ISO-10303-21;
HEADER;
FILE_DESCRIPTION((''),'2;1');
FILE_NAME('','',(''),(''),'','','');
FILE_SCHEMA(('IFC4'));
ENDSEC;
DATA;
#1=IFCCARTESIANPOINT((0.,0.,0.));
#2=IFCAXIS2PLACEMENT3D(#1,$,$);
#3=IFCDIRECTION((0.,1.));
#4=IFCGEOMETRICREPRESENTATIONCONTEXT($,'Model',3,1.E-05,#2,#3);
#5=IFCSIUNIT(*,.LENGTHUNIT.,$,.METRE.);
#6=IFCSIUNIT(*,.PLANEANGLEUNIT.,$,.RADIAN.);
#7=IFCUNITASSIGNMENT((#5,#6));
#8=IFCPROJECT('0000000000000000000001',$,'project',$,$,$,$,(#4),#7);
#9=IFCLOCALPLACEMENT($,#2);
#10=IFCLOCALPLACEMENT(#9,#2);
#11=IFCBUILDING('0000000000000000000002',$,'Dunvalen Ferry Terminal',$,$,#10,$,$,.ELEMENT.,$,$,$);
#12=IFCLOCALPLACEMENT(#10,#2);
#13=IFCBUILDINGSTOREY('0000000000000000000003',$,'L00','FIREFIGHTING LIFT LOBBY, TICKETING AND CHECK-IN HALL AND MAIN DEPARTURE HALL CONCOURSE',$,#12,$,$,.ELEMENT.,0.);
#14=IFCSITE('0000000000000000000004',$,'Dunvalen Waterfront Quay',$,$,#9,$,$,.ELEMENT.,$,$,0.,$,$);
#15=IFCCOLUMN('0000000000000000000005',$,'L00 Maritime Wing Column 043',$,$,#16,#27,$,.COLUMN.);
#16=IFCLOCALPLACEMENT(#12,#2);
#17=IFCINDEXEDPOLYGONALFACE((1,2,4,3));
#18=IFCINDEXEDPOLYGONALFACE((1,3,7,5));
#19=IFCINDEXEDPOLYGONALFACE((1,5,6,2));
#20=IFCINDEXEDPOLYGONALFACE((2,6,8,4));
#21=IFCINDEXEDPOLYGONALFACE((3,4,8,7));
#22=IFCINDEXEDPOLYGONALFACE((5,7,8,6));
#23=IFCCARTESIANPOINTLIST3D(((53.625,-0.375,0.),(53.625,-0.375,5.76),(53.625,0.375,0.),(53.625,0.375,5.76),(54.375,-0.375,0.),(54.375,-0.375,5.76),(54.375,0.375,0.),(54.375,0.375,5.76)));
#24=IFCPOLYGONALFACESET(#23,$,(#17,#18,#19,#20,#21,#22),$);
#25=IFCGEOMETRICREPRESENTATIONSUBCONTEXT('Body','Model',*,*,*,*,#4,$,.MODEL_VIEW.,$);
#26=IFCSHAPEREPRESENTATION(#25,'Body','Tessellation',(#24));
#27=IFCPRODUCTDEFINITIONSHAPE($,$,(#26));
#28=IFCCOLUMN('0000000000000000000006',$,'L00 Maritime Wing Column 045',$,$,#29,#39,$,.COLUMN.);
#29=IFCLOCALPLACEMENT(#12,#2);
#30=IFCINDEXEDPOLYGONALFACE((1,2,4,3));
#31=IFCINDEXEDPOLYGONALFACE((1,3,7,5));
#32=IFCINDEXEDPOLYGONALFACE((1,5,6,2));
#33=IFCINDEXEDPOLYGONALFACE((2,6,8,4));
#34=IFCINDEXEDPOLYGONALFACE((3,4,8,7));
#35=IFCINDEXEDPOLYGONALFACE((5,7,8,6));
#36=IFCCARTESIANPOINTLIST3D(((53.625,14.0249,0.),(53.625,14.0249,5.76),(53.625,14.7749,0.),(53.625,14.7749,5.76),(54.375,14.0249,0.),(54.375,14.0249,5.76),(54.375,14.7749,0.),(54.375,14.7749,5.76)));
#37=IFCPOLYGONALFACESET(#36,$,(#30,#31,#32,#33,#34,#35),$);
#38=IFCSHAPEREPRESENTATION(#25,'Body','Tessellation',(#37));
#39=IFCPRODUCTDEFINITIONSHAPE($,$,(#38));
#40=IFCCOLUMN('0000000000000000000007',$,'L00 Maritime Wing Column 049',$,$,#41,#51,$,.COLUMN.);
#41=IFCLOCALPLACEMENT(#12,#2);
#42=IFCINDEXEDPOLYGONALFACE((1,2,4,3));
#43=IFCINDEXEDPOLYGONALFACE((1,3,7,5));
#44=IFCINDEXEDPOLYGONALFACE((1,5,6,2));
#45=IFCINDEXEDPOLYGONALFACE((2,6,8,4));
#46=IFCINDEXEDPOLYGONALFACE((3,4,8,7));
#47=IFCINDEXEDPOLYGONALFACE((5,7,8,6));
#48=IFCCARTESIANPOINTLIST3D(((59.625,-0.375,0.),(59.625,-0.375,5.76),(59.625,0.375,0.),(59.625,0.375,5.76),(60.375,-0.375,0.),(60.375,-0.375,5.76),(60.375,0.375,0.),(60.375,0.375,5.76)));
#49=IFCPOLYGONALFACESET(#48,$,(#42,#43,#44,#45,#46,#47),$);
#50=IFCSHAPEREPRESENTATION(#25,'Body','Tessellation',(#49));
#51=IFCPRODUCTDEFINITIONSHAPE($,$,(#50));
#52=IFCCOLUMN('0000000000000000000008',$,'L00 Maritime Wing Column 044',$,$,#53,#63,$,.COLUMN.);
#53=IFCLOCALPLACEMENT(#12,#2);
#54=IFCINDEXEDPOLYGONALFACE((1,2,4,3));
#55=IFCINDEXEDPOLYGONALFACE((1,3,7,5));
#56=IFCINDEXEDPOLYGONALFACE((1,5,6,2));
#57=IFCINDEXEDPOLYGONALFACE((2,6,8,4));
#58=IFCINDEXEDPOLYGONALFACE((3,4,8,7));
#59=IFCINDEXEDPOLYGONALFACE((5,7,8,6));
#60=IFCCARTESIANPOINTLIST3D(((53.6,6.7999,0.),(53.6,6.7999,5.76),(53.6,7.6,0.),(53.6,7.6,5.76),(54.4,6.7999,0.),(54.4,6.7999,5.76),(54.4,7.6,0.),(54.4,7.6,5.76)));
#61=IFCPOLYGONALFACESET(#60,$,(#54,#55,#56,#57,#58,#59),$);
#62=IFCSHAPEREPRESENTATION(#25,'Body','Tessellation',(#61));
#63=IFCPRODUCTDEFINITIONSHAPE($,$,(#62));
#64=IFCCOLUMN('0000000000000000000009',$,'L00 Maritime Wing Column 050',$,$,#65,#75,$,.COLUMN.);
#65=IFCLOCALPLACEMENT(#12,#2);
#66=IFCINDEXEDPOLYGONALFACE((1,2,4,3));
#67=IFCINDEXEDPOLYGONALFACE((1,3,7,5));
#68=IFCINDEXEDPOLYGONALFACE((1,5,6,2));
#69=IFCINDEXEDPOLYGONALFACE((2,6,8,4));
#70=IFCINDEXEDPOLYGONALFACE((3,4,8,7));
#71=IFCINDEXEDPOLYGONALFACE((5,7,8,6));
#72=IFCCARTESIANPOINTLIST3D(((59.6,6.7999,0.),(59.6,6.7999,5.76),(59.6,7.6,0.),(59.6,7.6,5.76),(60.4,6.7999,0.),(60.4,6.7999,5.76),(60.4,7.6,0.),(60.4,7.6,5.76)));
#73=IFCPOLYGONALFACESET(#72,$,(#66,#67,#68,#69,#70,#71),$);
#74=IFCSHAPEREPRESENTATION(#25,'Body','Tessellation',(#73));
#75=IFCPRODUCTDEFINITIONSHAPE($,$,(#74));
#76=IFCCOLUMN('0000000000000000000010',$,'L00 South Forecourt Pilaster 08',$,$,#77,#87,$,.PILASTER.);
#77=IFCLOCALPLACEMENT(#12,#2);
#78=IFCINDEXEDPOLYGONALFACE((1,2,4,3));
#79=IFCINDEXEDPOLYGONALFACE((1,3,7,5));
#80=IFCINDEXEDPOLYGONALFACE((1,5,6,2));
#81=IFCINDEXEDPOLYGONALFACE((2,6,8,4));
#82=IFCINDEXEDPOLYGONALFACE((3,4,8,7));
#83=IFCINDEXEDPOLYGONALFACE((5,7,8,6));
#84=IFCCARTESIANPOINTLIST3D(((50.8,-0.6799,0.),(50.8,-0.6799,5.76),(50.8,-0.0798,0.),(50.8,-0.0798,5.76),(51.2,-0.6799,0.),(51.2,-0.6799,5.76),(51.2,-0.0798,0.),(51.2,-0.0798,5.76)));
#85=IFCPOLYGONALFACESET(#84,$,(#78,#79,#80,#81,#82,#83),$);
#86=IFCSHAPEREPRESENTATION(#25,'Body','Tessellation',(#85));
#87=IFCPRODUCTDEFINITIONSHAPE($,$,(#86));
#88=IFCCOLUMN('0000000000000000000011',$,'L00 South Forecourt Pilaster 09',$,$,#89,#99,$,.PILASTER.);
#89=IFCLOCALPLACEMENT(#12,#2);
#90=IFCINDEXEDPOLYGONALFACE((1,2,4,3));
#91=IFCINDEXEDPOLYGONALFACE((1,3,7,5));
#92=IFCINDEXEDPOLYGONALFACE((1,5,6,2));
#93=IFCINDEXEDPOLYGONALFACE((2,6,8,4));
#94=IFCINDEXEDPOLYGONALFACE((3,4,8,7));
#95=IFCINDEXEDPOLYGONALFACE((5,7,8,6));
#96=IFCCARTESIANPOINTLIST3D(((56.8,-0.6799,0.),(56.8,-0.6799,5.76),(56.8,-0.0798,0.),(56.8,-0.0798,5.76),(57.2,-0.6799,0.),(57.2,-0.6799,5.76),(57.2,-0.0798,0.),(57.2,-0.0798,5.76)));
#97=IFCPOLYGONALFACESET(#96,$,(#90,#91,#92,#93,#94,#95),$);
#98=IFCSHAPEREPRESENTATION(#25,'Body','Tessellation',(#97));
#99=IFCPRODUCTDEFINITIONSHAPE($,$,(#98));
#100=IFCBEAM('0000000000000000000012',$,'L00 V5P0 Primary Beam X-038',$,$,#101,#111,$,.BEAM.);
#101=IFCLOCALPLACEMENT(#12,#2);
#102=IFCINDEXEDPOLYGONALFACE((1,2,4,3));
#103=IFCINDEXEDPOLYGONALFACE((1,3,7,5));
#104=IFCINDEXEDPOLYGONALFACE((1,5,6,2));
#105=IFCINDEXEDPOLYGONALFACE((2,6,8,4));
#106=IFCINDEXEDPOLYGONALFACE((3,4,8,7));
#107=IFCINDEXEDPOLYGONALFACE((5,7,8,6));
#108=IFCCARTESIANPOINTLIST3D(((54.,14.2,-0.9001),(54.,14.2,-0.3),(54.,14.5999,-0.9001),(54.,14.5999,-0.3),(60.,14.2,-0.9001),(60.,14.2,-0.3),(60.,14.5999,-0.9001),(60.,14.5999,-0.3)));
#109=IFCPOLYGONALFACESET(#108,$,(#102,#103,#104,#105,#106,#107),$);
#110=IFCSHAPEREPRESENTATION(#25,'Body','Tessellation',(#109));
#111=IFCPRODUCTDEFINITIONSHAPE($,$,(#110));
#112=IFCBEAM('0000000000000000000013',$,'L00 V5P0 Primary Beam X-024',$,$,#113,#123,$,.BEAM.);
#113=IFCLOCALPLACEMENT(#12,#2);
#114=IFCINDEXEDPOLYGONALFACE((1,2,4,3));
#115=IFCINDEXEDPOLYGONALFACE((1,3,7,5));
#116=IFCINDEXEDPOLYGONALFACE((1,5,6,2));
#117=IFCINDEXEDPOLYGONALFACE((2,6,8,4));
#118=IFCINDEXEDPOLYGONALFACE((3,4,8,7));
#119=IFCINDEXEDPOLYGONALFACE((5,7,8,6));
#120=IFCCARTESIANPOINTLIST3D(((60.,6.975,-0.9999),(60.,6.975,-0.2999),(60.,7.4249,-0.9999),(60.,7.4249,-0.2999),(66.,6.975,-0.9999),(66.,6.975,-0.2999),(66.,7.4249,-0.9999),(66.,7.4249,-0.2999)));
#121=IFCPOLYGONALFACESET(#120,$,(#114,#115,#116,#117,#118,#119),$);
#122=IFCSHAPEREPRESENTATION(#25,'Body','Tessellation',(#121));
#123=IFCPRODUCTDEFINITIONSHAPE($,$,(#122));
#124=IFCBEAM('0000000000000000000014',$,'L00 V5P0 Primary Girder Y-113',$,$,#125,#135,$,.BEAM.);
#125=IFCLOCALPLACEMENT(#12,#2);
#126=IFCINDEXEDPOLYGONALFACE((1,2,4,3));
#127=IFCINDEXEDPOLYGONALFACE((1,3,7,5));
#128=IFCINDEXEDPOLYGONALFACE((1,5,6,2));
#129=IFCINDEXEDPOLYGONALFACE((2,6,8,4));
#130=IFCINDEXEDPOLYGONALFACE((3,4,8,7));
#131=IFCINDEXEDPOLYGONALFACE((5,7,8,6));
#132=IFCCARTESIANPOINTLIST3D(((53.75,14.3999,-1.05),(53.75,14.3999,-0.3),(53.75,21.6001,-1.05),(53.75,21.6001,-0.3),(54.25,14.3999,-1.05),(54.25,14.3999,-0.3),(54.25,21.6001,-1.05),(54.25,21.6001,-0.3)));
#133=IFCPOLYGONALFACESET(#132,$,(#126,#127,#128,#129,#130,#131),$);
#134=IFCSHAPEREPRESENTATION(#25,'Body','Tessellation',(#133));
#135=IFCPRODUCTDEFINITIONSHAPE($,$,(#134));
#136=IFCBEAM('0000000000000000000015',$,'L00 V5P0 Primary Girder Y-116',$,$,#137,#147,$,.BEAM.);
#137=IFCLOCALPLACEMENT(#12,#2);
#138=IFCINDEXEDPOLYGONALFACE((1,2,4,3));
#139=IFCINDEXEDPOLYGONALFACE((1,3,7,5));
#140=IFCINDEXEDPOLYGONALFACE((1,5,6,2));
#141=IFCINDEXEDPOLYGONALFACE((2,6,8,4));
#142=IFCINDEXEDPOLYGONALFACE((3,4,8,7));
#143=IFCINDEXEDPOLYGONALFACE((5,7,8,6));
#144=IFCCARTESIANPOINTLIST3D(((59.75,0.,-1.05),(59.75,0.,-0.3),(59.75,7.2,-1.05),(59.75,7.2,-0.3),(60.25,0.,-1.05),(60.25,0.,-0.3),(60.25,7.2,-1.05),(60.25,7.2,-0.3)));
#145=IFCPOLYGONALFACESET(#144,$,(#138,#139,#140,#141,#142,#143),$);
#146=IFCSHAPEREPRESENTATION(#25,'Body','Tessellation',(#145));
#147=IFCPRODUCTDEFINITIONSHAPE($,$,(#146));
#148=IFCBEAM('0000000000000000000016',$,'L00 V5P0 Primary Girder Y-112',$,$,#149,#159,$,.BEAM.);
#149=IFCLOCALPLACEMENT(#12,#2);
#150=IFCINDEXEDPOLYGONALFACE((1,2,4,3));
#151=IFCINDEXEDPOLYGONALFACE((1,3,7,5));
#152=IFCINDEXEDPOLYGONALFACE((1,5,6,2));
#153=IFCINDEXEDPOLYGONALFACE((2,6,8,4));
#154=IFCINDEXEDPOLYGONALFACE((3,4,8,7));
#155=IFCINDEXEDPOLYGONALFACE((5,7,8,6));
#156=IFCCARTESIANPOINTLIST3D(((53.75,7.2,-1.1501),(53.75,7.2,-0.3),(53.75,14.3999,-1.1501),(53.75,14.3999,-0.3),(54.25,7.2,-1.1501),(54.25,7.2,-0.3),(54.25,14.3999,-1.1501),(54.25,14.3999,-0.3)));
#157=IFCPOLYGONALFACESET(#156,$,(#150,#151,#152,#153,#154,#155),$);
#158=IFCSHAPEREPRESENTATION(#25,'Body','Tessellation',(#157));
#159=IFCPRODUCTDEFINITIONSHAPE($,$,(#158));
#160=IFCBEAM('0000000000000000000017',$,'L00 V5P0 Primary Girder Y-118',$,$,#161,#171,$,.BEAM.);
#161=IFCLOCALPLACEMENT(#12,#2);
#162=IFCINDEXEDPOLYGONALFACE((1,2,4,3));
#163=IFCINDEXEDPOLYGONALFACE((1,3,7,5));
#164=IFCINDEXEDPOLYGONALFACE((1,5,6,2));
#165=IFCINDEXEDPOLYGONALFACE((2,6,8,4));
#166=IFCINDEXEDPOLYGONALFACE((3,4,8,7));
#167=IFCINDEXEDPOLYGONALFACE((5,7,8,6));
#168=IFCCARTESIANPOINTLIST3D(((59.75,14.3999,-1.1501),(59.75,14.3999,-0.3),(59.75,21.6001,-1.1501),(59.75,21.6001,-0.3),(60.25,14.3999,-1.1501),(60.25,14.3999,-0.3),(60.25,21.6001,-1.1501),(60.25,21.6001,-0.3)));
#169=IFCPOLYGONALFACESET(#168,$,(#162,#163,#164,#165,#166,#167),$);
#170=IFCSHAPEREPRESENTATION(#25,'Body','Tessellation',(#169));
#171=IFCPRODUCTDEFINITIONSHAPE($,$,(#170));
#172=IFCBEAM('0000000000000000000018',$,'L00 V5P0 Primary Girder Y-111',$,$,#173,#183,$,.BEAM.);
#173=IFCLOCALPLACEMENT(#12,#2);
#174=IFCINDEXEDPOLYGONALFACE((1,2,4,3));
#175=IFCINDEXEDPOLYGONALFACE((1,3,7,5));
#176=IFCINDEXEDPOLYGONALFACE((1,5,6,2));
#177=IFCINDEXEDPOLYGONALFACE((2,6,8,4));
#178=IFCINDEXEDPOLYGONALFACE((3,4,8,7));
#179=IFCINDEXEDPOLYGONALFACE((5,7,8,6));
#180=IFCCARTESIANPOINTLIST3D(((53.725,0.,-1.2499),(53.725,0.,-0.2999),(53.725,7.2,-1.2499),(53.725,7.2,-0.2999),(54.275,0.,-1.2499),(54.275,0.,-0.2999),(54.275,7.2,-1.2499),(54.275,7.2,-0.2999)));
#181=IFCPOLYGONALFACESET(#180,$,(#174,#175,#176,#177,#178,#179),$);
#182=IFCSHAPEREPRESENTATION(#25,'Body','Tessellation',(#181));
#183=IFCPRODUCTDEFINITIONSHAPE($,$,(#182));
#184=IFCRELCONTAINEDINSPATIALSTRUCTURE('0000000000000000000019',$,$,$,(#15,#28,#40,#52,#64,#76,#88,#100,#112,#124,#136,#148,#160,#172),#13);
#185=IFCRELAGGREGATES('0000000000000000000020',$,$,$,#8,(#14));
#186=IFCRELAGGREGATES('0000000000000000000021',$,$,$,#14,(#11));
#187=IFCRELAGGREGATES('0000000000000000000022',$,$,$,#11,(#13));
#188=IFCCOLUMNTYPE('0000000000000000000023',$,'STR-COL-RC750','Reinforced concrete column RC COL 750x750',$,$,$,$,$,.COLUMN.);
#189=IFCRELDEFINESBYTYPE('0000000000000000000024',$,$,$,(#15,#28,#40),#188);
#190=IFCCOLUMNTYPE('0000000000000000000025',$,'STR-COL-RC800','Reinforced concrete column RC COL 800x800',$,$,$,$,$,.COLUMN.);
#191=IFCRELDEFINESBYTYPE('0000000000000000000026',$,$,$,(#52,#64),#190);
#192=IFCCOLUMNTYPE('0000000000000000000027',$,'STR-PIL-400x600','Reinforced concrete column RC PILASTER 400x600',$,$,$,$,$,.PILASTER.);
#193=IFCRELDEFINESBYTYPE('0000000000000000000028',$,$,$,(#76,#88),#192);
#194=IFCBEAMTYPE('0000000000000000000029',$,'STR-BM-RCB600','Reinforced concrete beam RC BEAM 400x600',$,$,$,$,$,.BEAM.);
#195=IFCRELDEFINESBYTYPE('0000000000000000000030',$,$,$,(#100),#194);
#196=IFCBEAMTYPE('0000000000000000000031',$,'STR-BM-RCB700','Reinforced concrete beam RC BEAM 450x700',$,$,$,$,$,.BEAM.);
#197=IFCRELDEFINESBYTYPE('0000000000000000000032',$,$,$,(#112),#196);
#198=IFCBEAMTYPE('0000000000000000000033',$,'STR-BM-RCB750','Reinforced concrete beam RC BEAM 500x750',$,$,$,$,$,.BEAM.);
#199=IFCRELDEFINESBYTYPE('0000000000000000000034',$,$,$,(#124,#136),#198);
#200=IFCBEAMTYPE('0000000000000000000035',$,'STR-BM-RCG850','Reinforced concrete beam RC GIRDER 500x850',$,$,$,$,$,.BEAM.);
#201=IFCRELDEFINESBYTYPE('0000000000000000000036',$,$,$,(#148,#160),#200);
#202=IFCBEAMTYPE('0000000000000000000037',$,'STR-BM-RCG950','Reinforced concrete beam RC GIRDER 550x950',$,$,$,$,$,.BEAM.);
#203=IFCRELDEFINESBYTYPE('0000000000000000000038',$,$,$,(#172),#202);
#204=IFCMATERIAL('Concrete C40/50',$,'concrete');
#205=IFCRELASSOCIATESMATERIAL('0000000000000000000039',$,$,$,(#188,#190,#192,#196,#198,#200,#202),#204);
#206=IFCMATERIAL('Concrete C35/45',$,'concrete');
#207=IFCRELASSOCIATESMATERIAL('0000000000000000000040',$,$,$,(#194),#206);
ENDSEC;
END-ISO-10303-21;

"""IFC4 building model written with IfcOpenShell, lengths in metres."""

from ifc_helpers import new_model, si_unit, direction, frame, origin, origin_2d, place, context, subcontext, project, spatial, rectangle, extrude, material, material_profile, profile_set, type_object, element, save


model = new_model("IFC4")

# Units and contexts
model_context = context("Model", 3, precision=1e-05, world=origin(), true_north=direction((0.0, 1.0)))
body_context = subcontext(model_context, "Body", "Model", "MODEL_VIEW")
ifc_project = project(units=[si_unit("LENGTHUNIT", "METRE"), si_unit("PLANEANGLEUNIT", "RADIAN")], contexts=[model_context])

# Site, building, storey
site_placement = place(None, origin())
site = spatial("IfcSite", under=ifc_project, at=site_placement, Name="Dunvalen Waterfront Quay", CompositionType="ELEMENT", RefElevation=0.0)
building_placement = place(site_placement, origin())
building = spatial("IfcBuilding", under=site, at=building_placement, Name="Dunvalen Ferry Terminal", CompositionType="ELEMENT")
storey_placement = place(building_placement, origin())
storey = spatial("IfcBuildingStorey", under=building, at=storey_placement, Name="L00", Description="FIREFIGHTING LIFT LOBBY, TICKETING AND CHECK-IN HALL AND MAIN DEPARTURE HALL CONCOURSE", CompositionType="ELEMENT", Elevation=0.0)

# Columns
ifc_material_1 = material(Name="Concrete C40/50", Category="concrete")
ifc_material_profile_1 = material_profile(ifc_material_1, rectangle(XDim=0.75, YDim=0.75, at=origin_2d()), Name="Concrete C40/50")
ifc_profile_set_1 = profile_set([ifc_material_profile_1], Name="Concrete C40/50")
column_type_1 = type_object("IfcColumnType", Name="STR-COL-RC750", Description="Reinforced concrete column RC COL 750x750", PredefinedType="COLUMN", material=ifc_profile_set_1)
for number, where, z_axis, x_axis, name in (
    (1, (54.0, 0.0, 0.0), (0.0, 0.0, 1.0), (1.0, 0.0, 0.0), "L00 Maritime Wing Column 043"),
    (2, (54.0, 14.3999, 0.0), (0.0, 0.0, 1.0), (1.0, 0.0, 0.0), "L00 Maritime Wing Column 045"),
    (3, (60.0, 0.0, 0.0), (0.0, 0.0, 1.0), (1.0, 0.0, 0.0), "L00 Maritime Wing Column 049"),
):
    element("IfcColumn", number, at=place(storey_placement, frame(where, z_axis=z_axis, x_axis=x_axis)), inside=storey, type_object=column_type_1, Name=name, PredefinedType="COLUMN", context=body_context, shape_type="SweptSolid", body=[
        extrude(rectangle(XDim=0.75, YDim=0.75, at=origin_2d()), origin(), (0.0, 0.0, 1.0), 5.76),
    ])
ifc_material_profile_2 = material_profile(ifc_material_1, rectangle(XDim=0.8, YDim=0.8, at=origin_2d()), Name="Concrete C40/50")
ifc_profile_set_2 = profile_set([ifc_material_profile_2], Name="Concrete C40/50")
column_type_2 = type_object("IfcColumnType", Name="STR-COL-RC800", Description="Reinforced concrete column RC COL 800x800", PredefinedType="COLUMN", material=ifc_profile_set_2)
for number, where, z_axis, x_axis, name in (
    (4, (54.0, 7.2, 0.0), (0.0, 0.0, 1.0), (1.0, 0.0, 0.0), "L00 Maritime Wing Column 044"),
    (5, (60.0, 7.2, 0.0), (0.0, 0.0, 1.0), (1.0, 0.0, 0.0), "L00 Maritime Wing Column 050"),
):
    element("IfcColumn", number, at=place(storey_placement, frame(where, z_axis=z_axis, x_axis=x_axis)), inside=storey, type_object=column_type_2, Name=name, PredefinedType="COLUMN", context=body_context, shape_type="SweptSolid", body=[
        extrude(rectangle(XDim=0.8, YDim=0.8, at=origin_2d()), origin(), (0.0, 0.0, 1.0), 5.76),
    ])
ifc_material_profile_3 = material_profile(ifc_material_1, rectangle(XDim=0.3999, YDim=0.6001, at=origin_2d()), Name="Concrete C40/50")
ifc_profile_set_3 = profile_set([ifc_material_profile_3], Name="Concrete C40/50")
column_type_3 = type_object("IfcColumnType", Name="STR-PIL-400x600", Description="Reinforced concrete column RC PILASTER 400x600", PredefinedType="PILASTER", material=ifc_profile_set_3)
for number, where, z_axis, x_axis, name in (
    (6, (51.0, -0.3799, 0.0), (0.0, 0.0, 1.0), (1.0, 0.0, 0.0), "L00 South Forecourt Pilaster 08"),
    (7, (57.0, -0.3799, 0.0), (0.0, 0.0, 1.0), (1.0, 0.0, 0.0), "L00 South Forecourt Pilaster 09"),
):
    element("IfcColumn", number, at=place(storey_placement, frame(where, z_axis=z_axis, x_axis=x_axis)), inside=storey, type_object=column_type_3, Name=name, PredefinedType="PILASTER", context=body_context, shape_type="SweptSolid", body=[
        extrude(rectangle(XDim=0.3999, YDim=0.6001, at=origin_2d()), origin(), (0.0, 0.0, 1.0), 5.76),
    ])

# Beams
ifc_material_2 = material(Name="Concrete C35/45", Category="concrete")
ifc_material_profile_4 = material_profile(ifc_material_2, rectangle(XDim=0.3999, YDim=0.6001, at=origin_2d()), Name="Concrete C35/45")
ifc_profile_set_4 = profile_set([ifc_material_profile_4], Name="Concrete C35/45")
beam_type_1 = type_object("IfcBeamType", Name="STR-BM-RCB600", Description="Reinforced concrete beam RC BEAM 400x600", PredefinedType="BEAM", material=ifc_profile_set_4)
beam_1_placement = place(storey_placement, frame((54.0, 14.3999, -0.6001), z_axis=(1.0, 0.0, 0.0), x_axis=(0.0, 1.0, 0.0)))
element("IfcBeam", 8, at=beam_1_placement, inside=storey, type_object=beam_type_1, Name="L00 V5P0 Primary Beam X-038", PredefinedType="BEAM", context=body_context, shape_type="SweptSolid", body=[
    extrude(rectangle(XDim=0.3999, YDim=0.6001, at=origin_2d()), origin(), (0.0, 0.0, 1.0), 6.0),
])
ifc_material_profile_5 = material_profile(ifc_material_1, rectangle(XDim=0.45, YDim=0.7, at=origin_2d()), Name="Concrete C40/50")
ifc_profile_set_5 = profile_set([ifc_material_profile_5], Name="Concrete C40/50")
beam_type_2 = type_object("IfcBeamType", Name="STR-BM-RCB700", Description="Reinforced concrete beam RC BEAM 450x700", PredefinedType="BEAM", material=ifc_profile_set_5)
beam_2_placement = place(storey_placement, frame((60.0, 7.2, -0.6499), z_axis=(1.0, 0.0, 0.0), x_axis=(0.0, 1.0, 0.0)))
element("IfcBeam", 9, at=beam_2_placement, inside=storey, type_object=beam_type_2, Name="L00 V5P0 Primary Beam X-024", PredefinedType="BEAM", context=body_context, shape_type="SweptSolid", body=[
    extrude(rectangle(XDim=0.45, YDim=0.7, at=origin_2d()), origin(), (0.0, 0.0, 1.0), 6.0),
])
ifc_material_profile_6 = material_profile(ifc_material_1, rectangle(XDim=0.5, YDim=0.75, at=origin_2d()), Name="Concrete C40/50")
ifc_profile_set_6 = profile_set([ifc_material_profile_6], Name="Concrete C40/50")
beam_type_3 = type_object("IfcBeamType", Name="STR-BM-RCB750", Description="Reinforced concrete beam RC BEAM 500x750", PredefinedType="BEAM", material=ifc_profile_set_6)
beam_3_placement = place(storey_placement, frame((54.0, 14.3999, -0.675), z_axis=(0.0, 1.0, 0.0), x_axis=(-1.0, 0.0, 0.0)))
element("IfcBeam", 10, at=beam_3_placement, inside=storey, type_object=beam_type_3, Name="L00 V5P0 Primary Girder Y-113", PredefinedType="BEAM", context=body_context, shape_type="SweptSolid", body=[
    extrude(rectangle(XDim=0.5, YDim=0.75, at=origin_2d()), origin(), (0.0, 0.0, 1.0), 7.2002),
])
beam_4_placement = place(storey_placement, frame((60.0, 0.0, -0.675), z_axis=(0.0, 1.0, 0.0), x_axis=(-1.0, 0.0, 0.0)))
element("IfcBeam", 11, at=beam_4_placement, inside=storey, type_object=beam_type_3, Name="L00 V5P0 Primary Girder Y-116", PredefinedType="BEAM", context=body_context, shape_type="SweptSolid", body=[
    extrude(rectangle(XDim=0.5, YDim=0.75, at=origin_2d()), origin(), (0.0, 0.0, 1.0), 7.2),
])
ifc_material_profile_7 = material_profile(ifc_material_1, rectangle(XDim=0.5, YDim=0.8501, at=origin_2d()), Name="Concrete C40/50")
ifc_profile_set_7 = profile_set([ifc_material_profile_7], Name="Concrete C40/50")
beam_type_4 = type_object("IfcBeamType", Name="STR-BM-RCG850", Description="Reinforced concrete beam RC GIRDER 500x850", PredefinedType="BEAM", material=ifc_profile_set_7)
beam_5_placement = place(storey_placement, frame((54.0, 7.2, -0.7251), z_axis=(0.0, 1.0, 0.0), x_axis=(-1.0, 0.0, 0.0)))
element("IfcBeam", 12, at=beam_5_placement, inside=storey, type_object=beam_type_4, Name="L00 V5P0 Primary Girder Y-112", PredefinedType="BEAM", context=body_context, shape_type="SweptSolid", body=[
    extrude(rectangle(XDim=0.5, YDim=0.8501, at=origin_2d()), origin(), (0.0, 0.0, 1.0), 7.2),
])
beam_6_placement = place(storey_placement, frame((60.0, 14.3999, -0.7251), z_axis=(0.0, 1.0, 0.0), x_axis=(-1.0, 0.0, 0.0)))
element("IfcBeam", 13, at=beam_6_placement, inside=storey, type_object=beam_type_4, Name="L00 V5P0 Primary Girder Y-118", PredefinedType="BEAM", context=body_context, shape_type="SweptSolid", body=[
    extrude(rectangle(XDim=0.5, YDim=0.8501, at=origin_2d()), origin(), (0.0, 0.0, 1.0), 7.2002),
])
ifc_material_profile_8 = material_profile(ifc_material_1, rectangle(XDim=0.55, YDim=0.95, at=origin_2d()), Name="Concrete C40/50")
ifc_profile_set_8 = profile_set([ifc_material_profile_8], Name="Concrete C40/50")
beam_type_5 = type_object("IfcBeamType", Name="STR-BM-RCG950", Description="Reinforced concrete beam RC GIRDER 550x950", PredefinedType="BEAM", material=ifc_profile_set_8)
for number, where, z_axis, x_axis, name in (
    (14, (54.0, 0.0, -0.7749), (0.0, 1.0, 0.0), (-1.0, 0.0, 0.0), "L00 V5P0 Primary Girder Y-111"),
):
    element("IfcBeam", number, at=place(storey_placement, frame(where, z_axis=z_axis, x_axis=x_axis)), inside=storey, type_object=beam_type_5, Name=name, PredefinedType="BEAM", context=body_context, shape_type="SweptSolid", body=[
        extrude(rectangle(XDim=0.55, YDim=0.95, at=origin_2d()), origin(), (0.0, 0.0, 1.0), 7.2),
    ])

save(model, "model.ifc")
